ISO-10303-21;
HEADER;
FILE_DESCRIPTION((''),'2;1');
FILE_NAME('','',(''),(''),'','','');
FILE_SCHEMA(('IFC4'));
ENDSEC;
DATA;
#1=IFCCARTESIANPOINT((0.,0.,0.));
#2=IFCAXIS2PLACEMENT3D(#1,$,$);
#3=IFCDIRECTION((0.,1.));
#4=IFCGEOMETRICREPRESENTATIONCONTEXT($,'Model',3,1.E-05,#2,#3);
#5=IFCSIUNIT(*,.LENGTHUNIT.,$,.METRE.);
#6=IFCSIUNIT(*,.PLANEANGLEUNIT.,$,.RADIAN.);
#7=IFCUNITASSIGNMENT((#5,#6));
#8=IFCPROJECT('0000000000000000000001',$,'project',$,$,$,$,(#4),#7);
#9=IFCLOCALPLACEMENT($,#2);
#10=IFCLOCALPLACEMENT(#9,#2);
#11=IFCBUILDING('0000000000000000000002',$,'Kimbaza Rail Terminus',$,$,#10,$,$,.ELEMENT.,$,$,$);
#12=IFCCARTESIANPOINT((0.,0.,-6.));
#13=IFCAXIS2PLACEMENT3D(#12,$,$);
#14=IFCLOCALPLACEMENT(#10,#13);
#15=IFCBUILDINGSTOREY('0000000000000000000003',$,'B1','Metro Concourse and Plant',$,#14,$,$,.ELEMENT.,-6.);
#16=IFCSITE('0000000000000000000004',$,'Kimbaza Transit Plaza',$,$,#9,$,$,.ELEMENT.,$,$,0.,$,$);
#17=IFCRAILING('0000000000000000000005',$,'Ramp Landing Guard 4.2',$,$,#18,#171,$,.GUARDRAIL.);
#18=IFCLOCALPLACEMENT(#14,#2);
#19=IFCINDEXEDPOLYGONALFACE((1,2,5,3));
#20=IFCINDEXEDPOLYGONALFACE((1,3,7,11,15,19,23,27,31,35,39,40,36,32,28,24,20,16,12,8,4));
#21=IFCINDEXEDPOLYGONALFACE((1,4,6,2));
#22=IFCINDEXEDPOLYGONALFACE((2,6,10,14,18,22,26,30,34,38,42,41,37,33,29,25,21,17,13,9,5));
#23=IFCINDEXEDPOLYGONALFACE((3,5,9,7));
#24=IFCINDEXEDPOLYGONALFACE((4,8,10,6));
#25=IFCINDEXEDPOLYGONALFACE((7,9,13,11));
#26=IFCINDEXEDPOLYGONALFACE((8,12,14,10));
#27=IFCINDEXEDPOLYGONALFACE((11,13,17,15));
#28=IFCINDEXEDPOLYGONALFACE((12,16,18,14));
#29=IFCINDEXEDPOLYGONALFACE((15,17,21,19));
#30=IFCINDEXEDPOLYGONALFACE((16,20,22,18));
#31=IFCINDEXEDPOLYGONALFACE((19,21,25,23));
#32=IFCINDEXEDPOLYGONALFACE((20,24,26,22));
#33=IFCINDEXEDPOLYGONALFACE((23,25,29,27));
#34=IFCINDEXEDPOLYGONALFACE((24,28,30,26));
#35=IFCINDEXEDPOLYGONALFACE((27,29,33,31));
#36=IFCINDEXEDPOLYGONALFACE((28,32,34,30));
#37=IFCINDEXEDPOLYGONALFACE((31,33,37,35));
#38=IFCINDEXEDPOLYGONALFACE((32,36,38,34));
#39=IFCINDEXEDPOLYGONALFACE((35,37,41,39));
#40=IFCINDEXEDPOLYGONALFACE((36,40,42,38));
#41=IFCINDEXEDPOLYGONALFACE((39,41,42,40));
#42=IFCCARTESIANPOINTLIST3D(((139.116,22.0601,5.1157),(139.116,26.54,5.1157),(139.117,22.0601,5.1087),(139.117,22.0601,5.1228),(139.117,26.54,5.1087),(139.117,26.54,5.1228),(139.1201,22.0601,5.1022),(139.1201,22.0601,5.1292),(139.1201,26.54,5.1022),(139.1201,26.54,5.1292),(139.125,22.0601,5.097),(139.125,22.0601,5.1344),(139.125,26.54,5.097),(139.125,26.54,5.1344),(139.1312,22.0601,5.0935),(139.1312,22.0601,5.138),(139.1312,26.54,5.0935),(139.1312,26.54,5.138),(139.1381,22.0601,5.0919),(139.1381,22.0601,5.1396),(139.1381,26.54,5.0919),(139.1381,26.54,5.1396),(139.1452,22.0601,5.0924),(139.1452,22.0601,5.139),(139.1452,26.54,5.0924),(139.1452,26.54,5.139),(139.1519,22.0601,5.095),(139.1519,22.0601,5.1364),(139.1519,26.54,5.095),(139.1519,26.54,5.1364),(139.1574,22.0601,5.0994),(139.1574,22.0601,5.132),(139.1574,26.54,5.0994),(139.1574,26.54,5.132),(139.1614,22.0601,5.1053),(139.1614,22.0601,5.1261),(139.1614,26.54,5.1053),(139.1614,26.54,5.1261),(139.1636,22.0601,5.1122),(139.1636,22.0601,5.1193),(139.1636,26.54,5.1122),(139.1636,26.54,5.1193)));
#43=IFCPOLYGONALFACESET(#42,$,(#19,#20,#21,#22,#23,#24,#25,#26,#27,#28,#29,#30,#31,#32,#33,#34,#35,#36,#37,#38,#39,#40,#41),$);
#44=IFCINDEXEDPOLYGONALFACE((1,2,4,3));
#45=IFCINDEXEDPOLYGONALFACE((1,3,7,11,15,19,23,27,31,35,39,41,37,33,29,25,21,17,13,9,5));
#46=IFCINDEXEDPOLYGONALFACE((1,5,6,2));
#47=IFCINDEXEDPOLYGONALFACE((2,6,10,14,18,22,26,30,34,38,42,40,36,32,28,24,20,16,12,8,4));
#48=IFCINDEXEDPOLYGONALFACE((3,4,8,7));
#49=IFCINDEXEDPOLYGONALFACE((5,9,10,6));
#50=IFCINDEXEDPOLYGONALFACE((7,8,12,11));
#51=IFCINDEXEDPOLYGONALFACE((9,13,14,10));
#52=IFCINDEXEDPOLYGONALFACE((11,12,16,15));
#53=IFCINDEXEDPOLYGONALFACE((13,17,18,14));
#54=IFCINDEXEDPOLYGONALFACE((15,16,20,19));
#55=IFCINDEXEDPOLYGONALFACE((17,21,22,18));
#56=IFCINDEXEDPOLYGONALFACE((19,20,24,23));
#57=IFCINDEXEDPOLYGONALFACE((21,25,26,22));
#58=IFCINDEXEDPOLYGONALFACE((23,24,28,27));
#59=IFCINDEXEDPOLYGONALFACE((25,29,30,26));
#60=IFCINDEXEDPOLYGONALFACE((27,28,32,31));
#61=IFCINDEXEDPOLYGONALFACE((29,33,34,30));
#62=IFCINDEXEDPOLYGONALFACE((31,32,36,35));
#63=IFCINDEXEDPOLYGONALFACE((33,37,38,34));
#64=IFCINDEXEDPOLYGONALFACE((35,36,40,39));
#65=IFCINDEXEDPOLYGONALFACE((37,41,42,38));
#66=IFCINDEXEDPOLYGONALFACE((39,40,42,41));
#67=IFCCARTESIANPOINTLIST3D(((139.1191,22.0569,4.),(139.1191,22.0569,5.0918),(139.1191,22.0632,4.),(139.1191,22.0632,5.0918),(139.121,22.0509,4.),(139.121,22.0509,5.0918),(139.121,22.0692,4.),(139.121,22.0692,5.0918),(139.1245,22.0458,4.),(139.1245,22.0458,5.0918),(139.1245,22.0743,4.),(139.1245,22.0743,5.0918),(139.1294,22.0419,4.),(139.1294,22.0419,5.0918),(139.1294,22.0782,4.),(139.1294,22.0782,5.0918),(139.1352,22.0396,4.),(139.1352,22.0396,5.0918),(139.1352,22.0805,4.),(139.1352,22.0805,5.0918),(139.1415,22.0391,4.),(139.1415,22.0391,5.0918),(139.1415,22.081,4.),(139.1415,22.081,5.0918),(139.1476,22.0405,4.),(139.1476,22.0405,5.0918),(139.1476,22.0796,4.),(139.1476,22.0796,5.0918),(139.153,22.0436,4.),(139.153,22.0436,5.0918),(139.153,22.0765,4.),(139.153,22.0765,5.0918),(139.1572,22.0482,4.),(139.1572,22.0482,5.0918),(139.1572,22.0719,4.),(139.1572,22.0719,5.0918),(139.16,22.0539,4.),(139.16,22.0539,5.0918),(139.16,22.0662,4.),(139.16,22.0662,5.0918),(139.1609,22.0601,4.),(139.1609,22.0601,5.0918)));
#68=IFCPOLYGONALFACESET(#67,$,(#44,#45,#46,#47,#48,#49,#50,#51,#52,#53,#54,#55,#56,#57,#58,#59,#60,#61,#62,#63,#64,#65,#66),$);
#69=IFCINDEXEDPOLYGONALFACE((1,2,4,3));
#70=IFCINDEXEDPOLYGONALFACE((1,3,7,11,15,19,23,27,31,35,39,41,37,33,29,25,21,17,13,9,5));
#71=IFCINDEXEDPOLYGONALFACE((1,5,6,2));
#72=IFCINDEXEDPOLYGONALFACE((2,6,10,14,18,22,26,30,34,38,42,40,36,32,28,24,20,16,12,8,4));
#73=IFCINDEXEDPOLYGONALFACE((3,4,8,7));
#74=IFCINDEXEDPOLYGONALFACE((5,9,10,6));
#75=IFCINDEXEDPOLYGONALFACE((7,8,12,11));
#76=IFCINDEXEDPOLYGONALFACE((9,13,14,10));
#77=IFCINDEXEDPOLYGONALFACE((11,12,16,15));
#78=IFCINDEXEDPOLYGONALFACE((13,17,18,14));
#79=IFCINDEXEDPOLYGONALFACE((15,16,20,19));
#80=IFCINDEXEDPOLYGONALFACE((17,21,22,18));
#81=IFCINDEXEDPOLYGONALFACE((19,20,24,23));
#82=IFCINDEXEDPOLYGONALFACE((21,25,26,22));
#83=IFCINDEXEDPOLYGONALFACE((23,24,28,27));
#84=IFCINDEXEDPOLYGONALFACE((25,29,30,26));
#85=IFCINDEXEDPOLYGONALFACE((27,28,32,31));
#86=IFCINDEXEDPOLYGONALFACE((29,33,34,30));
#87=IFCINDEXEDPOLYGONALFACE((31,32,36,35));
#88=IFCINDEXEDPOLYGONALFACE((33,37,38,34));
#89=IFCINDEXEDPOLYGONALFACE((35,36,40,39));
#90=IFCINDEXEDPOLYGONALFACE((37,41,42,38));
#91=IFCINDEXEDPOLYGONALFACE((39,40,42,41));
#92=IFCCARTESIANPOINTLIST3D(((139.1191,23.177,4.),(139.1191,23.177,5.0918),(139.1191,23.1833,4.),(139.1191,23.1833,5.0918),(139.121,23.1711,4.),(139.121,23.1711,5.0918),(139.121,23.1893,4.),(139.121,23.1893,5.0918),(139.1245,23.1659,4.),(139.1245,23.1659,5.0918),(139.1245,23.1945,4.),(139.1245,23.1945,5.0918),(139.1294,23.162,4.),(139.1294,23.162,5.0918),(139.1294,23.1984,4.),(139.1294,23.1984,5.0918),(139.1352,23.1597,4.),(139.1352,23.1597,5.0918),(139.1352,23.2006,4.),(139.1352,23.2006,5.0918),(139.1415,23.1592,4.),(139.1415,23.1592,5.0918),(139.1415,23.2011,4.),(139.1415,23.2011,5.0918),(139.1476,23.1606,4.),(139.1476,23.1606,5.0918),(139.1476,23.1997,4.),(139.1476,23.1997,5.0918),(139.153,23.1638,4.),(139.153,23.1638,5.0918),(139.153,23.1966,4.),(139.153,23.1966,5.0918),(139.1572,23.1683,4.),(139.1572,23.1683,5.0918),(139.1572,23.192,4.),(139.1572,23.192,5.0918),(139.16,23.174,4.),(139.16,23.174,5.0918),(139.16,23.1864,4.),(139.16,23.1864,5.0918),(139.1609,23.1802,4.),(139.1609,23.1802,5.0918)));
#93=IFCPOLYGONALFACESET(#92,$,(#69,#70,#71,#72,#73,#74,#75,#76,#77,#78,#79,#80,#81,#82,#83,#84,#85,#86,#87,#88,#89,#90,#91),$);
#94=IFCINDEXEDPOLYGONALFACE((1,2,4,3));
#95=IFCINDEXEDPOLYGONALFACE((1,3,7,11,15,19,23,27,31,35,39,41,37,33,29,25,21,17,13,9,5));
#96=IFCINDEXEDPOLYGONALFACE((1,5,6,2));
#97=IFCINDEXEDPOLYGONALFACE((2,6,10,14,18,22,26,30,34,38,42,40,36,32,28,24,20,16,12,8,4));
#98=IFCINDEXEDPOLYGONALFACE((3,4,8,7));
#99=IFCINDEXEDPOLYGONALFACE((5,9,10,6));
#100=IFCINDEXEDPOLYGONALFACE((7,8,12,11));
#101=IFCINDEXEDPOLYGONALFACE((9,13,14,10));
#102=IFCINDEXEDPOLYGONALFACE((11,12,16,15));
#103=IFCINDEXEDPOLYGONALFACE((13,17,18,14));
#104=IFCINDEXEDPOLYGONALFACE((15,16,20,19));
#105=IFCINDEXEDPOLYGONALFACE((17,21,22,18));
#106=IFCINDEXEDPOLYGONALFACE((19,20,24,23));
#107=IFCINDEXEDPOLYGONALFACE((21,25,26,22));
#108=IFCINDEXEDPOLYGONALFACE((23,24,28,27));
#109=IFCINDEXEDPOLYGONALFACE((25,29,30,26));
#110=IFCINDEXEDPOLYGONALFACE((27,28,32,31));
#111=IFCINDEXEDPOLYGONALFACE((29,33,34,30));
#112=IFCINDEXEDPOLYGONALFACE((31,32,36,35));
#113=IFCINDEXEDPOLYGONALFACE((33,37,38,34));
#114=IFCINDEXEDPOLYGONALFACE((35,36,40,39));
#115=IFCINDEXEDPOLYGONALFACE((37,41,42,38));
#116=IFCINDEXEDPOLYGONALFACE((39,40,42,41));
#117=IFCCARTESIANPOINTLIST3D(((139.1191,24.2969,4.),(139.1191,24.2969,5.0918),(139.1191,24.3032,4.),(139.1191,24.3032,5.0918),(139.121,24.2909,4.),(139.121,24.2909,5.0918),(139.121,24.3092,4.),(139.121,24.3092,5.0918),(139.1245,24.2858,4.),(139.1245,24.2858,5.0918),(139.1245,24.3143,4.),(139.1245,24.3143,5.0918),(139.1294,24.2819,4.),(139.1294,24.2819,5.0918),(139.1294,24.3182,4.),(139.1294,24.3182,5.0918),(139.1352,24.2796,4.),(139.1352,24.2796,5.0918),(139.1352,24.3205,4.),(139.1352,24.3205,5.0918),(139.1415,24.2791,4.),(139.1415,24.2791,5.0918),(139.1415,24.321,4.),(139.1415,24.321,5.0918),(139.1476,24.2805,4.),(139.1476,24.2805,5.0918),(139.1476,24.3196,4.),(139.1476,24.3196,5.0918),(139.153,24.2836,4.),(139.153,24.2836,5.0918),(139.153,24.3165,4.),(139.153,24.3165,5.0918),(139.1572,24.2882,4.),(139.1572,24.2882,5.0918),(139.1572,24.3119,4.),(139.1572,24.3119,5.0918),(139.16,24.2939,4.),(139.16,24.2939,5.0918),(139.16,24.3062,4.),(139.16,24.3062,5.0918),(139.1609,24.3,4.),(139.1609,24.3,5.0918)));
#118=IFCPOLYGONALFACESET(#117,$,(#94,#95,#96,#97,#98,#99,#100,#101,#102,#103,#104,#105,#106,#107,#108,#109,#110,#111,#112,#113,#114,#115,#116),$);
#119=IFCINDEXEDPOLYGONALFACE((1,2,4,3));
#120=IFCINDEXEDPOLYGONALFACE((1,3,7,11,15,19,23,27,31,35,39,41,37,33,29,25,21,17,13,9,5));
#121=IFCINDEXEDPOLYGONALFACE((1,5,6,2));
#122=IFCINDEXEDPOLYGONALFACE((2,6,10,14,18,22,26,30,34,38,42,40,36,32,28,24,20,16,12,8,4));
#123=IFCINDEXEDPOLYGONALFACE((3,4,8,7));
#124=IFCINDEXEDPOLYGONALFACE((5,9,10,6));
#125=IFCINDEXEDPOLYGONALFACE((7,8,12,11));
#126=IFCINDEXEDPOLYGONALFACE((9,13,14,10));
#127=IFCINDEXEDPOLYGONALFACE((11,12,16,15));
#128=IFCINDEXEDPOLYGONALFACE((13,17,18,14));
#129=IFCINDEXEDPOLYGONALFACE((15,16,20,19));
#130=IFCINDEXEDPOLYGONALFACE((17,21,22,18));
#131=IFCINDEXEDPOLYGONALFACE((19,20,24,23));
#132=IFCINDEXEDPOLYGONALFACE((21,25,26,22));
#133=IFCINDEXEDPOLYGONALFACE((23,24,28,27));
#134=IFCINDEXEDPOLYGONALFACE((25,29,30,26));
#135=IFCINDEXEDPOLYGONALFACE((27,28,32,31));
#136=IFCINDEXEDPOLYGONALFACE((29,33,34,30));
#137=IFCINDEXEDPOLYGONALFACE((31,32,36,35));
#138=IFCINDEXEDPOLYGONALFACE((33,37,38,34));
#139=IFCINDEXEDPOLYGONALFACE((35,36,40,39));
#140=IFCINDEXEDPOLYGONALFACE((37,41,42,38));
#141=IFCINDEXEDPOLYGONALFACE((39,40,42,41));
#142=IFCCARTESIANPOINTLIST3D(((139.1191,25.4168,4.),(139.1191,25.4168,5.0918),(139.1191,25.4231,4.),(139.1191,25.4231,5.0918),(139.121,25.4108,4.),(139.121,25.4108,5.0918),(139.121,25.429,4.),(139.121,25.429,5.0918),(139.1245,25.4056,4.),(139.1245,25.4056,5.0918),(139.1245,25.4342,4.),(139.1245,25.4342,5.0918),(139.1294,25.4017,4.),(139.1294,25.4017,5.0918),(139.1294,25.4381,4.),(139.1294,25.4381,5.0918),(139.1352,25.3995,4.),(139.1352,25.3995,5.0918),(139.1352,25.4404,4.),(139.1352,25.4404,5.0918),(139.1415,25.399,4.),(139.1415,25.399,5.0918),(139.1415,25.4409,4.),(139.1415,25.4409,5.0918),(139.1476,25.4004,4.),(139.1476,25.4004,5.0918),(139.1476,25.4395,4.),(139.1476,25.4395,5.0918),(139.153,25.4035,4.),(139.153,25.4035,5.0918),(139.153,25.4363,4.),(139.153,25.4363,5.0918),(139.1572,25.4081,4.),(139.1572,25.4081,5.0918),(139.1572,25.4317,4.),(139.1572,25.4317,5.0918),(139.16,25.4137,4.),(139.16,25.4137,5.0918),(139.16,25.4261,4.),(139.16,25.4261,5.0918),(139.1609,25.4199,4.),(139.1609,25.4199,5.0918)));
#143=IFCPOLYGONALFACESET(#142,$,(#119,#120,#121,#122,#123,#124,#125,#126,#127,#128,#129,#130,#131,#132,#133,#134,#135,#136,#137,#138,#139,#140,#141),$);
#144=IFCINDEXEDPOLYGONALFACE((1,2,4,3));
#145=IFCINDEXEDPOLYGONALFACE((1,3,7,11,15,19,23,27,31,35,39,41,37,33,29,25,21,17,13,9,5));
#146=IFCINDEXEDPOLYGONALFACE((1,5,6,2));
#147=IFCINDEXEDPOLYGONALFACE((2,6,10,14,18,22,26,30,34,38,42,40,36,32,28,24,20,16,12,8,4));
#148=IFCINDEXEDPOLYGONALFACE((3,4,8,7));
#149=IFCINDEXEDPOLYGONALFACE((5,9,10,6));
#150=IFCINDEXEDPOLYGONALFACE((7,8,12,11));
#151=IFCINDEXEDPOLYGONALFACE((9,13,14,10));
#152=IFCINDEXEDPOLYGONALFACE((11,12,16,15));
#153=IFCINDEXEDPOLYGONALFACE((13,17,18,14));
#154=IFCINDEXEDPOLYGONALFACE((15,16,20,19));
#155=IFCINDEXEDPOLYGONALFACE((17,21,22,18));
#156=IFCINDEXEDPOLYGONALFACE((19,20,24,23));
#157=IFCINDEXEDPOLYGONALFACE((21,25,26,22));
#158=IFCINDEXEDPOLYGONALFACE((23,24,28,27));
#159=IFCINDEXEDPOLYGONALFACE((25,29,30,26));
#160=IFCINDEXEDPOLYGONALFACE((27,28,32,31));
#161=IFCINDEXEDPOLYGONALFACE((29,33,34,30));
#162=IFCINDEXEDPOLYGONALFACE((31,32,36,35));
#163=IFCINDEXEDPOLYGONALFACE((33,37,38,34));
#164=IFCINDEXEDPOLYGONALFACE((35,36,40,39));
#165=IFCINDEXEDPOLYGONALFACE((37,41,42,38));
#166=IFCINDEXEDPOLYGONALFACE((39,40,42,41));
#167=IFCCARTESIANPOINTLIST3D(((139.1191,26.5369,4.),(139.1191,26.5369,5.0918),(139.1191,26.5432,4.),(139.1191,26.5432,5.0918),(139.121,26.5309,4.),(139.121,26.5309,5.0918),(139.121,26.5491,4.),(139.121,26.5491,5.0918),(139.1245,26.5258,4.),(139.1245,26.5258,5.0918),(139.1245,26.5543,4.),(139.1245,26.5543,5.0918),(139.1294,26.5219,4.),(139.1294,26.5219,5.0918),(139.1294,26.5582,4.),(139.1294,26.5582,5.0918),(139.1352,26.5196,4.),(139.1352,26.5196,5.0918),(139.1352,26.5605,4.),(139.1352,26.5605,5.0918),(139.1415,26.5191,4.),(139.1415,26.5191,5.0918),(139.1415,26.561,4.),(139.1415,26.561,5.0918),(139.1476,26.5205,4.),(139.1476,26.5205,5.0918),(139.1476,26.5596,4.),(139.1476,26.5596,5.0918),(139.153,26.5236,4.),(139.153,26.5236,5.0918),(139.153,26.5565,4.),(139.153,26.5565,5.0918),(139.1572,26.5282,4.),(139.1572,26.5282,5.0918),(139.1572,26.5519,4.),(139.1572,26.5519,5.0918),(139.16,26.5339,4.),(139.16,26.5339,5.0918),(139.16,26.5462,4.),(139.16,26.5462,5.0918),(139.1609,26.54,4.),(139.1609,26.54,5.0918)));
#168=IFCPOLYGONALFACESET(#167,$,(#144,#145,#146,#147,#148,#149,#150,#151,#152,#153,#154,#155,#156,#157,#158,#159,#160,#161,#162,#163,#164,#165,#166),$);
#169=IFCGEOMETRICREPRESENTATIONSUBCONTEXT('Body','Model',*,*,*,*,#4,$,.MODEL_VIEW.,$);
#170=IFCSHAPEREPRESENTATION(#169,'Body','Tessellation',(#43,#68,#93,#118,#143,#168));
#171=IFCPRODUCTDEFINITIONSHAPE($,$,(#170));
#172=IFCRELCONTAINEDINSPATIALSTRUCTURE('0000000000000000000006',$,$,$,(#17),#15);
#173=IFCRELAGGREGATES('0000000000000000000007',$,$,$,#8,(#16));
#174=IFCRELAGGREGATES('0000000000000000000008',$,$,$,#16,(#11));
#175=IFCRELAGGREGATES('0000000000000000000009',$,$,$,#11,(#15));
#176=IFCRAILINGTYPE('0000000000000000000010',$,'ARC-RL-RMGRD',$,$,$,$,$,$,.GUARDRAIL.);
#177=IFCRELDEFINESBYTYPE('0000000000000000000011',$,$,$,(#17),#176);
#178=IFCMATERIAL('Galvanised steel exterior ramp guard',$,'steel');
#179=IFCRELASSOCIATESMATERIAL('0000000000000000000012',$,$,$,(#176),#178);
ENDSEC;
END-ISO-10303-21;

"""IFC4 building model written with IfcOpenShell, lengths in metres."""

from ifc_helpers import new_model, si_unit, direction, frame, origin, origin_2d, place, context, subcontext, project, spatial, circle, extrude, material, type_object, element, save


model = new_model("IFC4")

# Units and contexts
model_context = context("Model", 3, precision=1e-05, world=origin(), true_north=direction((0.0, 1.0)))
body_context = subcontext(model_context, "Body", "Model", "MODEL_VIEW")
ifc_project = project(units=[si_unit("LENGTHUNIT", "METRE"), si_unit("PLANEANGLEUNIT", "RADIAN")], contexts=[model_context])

# Site, building, storey
site_placement = place(None, origin())
site = spatial("IfcSite", under=ifc_project, at=site_placement, Name="Kimbaza Transit Plaza", CompositionType="ELEMENT", RefElevation=0.0)
building_placement = place(site_placement, origin())
building = spatial("IfcBuilding", under=site, at=building_placement, Name="Kimbaza Rail Terminus", CompositionType="ELEMENT")
storey_placement = place(building_placement, frame((0.0, 0.0, -6.0)))
storey = spatial("IfcBuildingStorey", under=building, at=storey_placement, Name="B1", Description="Metro Concourse and Plant", CompositionType="ELEMENT", Elevation=-6.0)

# Railing
ifc_material_1 = material(Name="Galvanised steel exterior ramp guard", Category="steel")
railing_type = type_object("IfcRailingType", Name="ARC-RL-RMGRD", PredefinedType="GUARDRAIL", material=ifc_material_1)
railing_1_placement = place(storey_placement, frame((139.1399, 22.0601, 4.0)))
element("IfcRailing", 1, at=railing_1_placement, inside=storey, type_object=railing_type, Name="Ramp Landing Guard 4.2", PredefinedType="GUARDRAIL", context=body_context, shape_type="SweptSolid", body=[
    extrude(circle(Radius=0.0239, at=origin_2d()), frame((0.0, 0.0, 1.1157), z_axis=(0.0, 1.0, 0.0), x_axis=(-1.0, 0.0, 0.0)), (0.0, 0.0, 1.0), 4.48),
    extrude(circle(Radius=0.021, at=origin_2d()), origin(), (0.0, 0.0, 1.0), 1.0918),
    extrude(circle(Radius=0.021, at=origin_2d()), frame((0.0, 1.1201, 0.0)), (0.0, 0.0, 1.0), 1.0918),
    extrude(circle(Radius=0.021, at=origin_2d()), frame((0.0, 2.24, 0.0)), (0.0, 0.0, 1.0), 1.0918),
    extrude(circle(Radius=0.021, at=origin_2d()), frame((0.0, 3.3599, 0.0)), (0.0, 0.0, 1.0), 1.0918),
    extrude(circle(Radius=0.021, at=origin_2d()), frame((0.0, 4.48, 0.0)), (0.0, 0.0, 1.0), 1.0918),
])

save(model, "model.ifc")
